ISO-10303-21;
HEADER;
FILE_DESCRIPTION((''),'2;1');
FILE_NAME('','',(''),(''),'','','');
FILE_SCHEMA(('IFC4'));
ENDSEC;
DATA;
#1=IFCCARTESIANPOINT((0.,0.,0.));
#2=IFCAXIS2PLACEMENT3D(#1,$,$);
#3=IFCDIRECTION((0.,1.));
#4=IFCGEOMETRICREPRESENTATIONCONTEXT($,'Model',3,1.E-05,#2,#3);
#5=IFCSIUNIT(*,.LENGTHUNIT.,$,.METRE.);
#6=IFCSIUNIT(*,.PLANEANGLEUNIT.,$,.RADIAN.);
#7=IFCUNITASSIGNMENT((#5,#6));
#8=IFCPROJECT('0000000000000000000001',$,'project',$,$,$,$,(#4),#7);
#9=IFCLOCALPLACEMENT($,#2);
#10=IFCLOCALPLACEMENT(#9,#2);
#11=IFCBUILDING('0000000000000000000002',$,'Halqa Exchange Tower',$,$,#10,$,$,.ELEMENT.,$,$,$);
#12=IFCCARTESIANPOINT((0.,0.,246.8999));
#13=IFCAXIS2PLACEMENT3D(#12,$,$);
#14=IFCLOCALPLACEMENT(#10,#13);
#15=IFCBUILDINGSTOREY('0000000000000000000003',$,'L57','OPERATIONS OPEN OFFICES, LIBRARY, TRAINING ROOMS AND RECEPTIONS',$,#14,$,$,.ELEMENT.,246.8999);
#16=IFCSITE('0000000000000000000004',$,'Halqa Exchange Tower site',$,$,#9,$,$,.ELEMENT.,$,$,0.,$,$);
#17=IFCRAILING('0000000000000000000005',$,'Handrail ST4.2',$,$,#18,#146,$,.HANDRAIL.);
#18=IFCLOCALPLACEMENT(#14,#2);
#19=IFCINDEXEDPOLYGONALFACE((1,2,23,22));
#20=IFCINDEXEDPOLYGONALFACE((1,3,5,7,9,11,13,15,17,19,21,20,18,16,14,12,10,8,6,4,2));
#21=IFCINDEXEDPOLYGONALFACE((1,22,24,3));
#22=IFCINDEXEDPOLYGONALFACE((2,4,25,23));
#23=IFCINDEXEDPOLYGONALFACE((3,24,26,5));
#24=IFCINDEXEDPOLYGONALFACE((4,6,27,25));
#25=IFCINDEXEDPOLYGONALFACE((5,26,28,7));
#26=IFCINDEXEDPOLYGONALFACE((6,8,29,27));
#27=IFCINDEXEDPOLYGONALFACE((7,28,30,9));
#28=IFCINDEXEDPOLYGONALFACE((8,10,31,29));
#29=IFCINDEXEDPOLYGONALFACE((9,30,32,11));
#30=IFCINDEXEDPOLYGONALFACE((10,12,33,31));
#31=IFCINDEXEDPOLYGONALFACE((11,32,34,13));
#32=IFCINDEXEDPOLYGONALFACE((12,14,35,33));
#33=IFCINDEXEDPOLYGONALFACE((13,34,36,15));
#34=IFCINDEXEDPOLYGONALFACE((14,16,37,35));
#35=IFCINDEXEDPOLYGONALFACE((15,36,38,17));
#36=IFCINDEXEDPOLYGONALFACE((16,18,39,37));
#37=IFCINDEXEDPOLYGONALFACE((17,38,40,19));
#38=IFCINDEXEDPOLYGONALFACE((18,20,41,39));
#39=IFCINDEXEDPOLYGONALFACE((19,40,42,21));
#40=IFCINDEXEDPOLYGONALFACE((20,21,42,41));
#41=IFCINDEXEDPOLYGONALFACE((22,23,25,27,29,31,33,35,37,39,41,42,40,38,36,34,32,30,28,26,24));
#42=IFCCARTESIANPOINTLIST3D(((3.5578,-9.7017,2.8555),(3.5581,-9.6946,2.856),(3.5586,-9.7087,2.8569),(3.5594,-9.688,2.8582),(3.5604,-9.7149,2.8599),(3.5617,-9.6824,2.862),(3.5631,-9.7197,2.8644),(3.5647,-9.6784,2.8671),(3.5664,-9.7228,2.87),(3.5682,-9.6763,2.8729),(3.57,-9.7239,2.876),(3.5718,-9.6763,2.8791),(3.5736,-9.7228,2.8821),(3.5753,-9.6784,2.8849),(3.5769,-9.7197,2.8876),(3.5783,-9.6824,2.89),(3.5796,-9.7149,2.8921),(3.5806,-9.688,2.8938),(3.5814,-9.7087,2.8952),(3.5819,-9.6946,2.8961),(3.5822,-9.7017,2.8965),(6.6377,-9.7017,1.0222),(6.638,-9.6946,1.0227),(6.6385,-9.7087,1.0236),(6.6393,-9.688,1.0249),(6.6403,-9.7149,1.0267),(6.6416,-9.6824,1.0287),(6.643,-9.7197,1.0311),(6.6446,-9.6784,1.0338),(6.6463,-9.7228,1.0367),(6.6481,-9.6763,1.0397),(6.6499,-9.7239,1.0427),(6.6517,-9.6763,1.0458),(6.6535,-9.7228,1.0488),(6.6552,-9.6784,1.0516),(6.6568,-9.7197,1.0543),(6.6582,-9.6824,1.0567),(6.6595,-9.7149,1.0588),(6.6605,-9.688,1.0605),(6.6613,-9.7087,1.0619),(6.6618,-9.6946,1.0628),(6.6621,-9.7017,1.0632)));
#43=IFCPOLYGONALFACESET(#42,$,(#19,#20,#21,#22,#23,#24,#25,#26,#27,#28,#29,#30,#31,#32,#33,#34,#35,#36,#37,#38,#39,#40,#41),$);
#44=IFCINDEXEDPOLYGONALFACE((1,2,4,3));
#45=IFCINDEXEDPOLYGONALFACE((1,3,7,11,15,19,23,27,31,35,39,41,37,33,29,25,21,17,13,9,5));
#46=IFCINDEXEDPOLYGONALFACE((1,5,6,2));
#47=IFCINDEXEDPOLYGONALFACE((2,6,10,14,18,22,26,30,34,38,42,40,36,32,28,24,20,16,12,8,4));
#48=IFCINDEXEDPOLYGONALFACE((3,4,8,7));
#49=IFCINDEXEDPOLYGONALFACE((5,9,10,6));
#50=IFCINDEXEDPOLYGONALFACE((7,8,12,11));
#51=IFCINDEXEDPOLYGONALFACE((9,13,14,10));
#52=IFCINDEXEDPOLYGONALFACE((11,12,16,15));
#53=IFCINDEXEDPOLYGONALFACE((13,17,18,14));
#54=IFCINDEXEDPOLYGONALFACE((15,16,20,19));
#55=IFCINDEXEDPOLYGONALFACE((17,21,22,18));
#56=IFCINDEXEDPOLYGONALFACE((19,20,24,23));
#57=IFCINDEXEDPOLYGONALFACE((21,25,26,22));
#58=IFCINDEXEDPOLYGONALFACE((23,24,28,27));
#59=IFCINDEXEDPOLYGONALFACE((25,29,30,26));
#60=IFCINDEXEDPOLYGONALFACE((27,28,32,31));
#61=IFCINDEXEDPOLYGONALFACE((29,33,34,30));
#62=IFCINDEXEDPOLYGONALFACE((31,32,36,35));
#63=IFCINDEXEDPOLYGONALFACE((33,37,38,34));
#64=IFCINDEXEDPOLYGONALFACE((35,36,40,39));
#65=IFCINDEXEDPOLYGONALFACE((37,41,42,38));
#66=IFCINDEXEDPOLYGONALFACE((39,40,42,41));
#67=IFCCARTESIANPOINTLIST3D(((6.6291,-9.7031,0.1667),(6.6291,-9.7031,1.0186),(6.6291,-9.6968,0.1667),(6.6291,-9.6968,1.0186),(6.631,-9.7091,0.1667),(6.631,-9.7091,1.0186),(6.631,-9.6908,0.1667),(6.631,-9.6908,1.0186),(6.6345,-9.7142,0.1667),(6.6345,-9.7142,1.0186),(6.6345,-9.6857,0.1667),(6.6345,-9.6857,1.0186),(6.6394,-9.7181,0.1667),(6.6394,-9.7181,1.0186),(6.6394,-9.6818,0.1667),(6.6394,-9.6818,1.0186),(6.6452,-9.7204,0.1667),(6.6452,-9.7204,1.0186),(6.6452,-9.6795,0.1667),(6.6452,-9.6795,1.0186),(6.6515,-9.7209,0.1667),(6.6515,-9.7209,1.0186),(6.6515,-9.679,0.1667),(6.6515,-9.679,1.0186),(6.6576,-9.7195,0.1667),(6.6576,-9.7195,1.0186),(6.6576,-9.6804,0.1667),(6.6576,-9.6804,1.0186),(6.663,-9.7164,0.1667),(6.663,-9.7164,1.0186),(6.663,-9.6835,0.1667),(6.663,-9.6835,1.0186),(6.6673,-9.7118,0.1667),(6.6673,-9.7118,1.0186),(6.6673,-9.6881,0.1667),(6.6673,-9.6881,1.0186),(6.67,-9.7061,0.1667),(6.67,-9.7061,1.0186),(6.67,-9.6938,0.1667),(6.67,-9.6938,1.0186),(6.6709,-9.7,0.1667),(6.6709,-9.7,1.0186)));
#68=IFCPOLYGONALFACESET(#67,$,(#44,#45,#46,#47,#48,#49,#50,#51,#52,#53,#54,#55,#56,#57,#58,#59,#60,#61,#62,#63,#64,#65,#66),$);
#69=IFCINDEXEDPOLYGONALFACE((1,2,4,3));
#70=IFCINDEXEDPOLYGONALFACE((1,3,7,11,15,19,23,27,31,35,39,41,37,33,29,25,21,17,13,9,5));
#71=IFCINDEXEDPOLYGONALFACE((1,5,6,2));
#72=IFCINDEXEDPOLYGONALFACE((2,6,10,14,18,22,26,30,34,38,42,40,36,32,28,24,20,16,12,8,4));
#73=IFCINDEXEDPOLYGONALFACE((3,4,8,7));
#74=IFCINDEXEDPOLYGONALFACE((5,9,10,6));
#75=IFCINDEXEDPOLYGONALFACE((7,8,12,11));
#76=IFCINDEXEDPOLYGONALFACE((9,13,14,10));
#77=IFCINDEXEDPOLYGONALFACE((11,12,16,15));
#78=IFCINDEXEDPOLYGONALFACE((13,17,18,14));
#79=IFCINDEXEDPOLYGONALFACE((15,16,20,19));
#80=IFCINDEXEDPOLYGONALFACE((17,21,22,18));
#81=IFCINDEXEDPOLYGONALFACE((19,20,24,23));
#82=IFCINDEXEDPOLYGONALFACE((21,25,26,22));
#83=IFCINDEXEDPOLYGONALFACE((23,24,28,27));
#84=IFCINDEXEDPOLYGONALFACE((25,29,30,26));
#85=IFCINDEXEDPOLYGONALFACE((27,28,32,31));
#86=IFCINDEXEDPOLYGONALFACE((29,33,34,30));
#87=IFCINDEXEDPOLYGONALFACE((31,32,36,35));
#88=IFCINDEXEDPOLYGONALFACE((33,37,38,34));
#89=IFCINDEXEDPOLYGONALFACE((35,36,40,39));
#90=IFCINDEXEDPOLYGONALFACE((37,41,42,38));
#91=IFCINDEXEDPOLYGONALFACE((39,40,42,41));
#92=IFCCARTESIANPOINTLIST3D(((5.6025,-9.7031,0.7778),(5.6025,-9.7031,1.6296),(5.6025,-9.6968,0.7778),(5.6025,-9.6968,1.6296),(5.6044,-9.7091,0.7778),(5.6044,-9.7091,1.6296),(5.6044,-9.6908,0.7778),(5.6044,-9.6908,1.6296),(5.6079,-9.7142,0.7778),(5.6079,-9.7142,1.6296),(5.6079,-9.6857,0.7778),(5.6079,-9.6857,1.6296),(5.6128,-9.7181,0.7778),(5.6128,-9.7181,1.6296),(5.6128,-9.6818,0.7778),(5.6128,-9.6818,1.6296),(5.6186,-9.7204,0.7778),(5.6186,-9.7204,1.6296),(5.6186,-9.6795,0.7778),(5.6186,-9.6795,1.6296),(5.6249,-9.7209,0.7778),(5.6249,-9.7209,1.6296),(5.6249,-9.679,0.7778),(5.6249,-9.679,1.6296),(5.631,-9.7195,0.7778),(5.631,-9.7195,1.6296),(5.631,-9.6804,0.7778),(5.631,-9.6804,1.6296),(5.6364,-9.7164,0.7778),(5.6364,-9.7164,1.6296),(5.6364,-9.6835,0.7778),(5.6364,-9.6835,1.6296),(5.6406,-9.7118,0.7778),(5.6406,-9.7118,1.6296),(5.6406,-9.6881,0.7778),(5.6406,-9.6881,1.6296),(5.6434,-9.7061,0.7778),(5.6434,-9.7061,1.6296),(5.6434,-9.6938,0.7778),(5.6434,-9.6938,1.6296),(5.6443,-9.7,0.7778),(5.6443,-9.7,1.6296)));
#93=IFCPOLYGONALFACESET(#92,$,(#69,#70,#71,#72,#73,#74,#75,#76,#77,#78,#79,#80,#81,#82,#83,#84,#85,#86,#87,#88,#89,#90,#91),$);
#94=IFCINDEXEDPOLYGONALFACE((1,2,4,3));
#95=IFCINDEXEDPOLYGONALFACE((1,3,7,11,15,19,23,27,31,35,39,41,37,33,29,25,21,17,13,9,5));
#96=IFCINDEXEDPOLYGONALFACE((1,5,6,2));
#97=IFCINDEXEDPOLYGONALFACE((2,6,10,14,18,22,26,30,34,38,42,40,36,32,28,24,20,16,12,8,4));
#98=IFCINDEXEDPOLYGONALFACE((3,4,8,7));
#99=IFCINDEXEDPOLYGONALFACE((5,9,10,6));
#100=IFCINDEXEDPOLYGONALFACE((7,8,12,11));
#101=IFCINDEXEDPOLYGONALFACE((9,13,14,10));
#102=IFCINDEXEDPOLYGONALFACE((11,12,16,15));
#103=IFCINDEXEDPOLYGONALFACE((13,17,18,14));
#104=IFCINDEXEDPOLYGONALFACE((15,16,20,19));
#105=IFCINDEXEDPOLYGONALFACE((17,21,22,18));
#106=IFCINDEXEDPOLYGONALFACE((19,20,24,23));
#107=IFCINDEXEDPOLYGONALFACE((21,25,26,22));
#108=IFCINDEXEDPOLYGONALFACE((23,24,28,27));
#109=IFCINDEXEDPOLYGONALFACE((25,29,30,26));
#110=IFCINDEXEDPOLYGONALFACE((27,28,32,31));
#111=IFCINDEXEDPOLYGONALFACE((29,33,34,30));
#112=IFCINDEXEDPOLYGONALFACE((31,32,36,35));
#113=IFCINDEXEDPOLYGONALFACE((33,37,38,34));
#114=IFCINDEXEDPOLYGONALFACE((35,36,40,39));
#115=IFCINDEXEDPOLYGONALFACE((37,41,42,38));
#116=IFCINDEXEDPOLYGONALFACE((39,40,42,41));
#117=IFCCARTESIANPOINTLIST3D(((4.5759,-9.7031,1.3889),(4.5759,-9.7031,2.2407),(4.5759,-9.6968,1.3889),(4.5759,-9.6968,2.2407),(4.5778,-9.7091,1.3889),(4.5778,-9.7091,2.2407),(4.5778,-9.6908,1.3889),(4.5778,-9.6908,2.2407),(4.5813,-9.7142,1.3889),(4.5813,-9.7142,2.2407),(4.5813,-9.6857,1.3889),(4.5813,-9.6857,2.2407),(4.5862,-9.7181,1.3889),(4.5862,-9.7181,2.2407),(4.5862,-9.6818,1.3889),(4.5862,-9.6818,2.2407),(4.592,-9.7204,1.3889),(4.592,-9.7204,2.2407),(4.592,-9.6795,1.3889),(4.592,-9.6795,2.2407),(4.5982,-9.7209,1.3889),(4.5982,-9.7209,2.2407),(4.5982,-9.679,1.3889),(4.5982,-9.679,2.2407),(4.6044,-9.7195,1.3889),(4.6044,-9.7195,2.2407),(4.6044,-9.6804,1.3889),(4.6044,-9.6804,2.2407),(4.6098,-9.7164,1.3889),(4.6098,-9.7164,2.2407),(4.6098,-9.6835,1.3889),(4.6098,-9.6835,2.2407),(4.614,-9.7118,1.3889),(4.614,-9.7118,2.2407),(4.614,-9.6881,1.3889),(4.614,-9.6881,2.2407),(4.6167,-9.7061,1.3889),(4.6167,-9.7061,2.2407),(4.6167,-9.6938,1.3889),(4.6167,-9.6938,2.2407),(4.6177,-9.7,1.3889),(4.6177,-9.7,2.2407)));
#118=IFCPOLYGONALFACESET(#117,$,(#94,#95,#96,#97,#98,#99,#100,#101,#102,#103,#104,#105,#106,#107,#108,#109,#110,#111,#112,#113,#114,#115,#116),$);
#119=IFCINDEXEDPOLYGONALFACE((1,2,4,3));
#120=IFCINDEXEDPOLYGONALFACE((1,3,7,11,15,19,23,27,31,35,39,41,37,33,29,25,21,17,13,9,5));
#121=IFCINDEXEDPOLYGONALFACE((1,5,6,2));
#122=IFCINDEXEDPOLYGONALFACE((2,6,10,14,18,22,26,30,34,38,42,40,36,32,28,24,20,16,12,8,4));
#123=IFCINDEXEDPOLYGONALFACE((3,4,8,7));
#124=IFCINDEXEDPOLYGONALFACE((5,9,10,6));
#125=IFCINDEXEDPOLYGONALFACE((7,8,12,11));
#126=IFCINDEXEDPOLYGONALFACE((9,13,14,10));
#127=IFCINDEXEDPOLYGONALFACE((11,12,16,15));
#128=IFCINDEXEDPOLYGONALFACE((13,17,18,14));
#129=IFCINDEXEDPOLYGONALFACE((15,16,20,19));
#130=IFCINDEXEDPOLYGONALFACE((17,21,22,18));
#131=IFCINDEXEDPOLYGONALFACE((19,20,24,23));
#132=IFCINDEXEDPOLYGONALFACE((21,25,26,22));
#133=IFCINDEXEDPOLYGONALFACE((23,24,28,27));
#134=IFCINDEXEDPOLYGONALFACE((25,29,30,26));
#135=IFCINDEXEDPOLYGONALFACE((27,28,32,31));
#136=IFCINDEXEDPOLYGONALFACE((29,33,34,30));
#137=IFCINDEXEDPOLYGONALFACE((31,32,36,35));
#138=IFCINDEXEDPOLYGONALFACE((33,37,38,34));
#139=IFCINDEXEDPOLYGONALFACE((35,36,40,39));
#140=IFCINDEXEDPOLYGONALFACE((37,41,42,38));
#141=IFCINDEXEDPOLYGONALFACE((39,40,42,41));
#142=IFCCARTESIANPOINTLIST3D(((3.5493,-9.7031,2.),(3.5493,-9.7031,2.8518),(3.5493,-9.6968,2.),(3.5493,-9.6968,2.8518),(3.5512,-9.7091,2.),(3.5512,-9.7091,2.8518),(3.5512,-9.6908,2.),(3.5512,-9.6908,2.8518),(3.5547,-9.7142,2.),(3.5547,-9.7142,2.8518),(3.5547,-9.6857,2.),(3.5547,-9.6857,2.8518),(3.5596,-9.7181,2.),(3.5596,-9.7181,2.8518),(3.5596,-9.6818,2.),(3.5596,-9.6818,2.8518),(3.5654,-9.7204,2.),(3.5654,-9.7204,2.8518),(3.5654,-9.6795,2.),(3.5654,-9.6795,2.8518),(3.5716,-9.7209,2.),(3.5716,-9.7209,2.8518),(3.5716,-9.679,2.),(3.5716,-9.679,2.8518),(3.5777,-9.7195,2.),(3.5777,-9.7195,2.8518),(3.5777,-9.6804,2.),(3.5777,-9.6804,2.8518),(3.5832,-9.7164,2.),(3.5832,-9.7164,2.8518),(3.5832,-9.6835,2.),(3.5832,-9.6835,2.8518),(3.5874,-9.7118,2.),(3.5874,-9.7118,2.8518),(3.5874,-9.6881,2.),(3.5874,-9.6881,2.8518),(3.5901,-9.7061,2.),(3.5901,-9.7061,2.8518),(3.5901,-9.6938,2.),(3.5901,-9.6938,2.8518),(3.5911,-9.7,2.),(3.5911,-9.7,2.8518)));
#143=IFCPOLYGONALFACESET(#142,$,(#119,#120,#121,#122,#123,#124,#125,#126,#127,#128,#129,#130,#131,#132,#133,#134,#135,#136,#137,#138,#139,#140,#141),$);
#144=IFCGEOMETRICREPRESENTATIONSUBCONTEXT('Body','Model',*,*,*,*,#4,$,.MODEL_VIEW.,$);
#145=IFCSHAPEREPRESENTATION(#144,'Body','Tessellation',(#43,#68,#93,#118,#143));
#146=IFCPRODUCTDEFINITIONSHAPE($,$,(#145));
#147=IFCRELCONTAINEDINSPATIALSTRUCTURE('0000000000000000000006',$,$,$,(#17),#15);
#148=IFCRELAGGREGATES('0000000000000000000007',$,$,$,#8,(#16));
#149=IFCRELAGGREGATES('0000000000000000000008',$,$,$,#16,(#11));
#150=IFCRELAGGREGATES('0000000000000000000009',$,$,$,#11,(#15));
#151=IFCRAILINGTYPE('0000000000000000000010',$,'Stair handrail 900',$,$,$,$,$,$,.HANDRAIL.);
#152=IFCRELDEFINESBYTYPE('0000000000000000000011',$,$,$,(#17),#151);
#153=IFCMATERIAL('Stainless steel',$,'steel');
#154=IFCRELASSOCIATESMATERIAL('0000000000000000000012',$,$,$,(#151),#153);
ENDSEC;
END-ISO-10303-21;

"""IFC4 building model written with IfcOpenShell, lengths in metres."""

from ifc_helpers import new_model, si_unit, direction, frame, origin, origin_2d, place, context, subcontext, project, spatial, circle, extrude, material, type_object, element, save


model = new_model("IFC4")

# Units and contexts
model_context = context("Model", 3, precision=1e-05, world=origin(), true_north=direction((0.0, 1.0)))
body_context = subcontext(model_context, "Body", "Model", "MODEL_VIEW")
ifc_project = project(units=[si_unit("LENGTHUNIT", "METRE"), si_unit("PLANEANGLEUNIT", "RADIAN")], contexts=[model_context])

# Site, building, storey
site_placement = place(None, origin())
site = spatial("IfcSite", under=ifc_project, at=site_placement, Name="Halqa Exchange Tower site", CompositionType="ELEMENT", RefElevation=0.0)
building_placement = place(site_placement, origin())
building = spatial("IfcBuilding", under=site, at=building_placement, Name="Halqa Exchange Tower", CompositionType="ELEMENT")
storey_placement = place(building_placement, frame((0.0, 0.0, 246.8999)))
storey = spatial("IfcBuildingStorey", under=building, at=storey_placement, Name="L57", Description="OPERATIONS OPEN OFFICES, LIBRARY, TRAINING ROOMS AND RECEPTIONS", CompositionType="ELEMENT", Elevation=246.8999)

# Railing
ifc_material_1 = material(Name="Stainless steel", Category="steel")
railing_type_1 = type_object("IfcRailingType", Name="Stair handrail 900", PredefinedType="HANDRAIL", material=ifc_material_1)
railing_1_placement = place(storey_placement, frame((6.6499, -9.7, 0.1667)))
element("IfcRailing", 1, at=railing_1_placement, inside=storey, type_object=railing_type_1, Name="Handrail ST4.2", PredefinedType="HANDRAIL", context=body_context, shape_type="SweptSolid", body=[
    extrude(circle(Radius=0.0239, at=origin_2d()), frame((0.0, 0.0, 0.876), z_axis=(-0.859291, 0.0, 0.511487), x_axis=(0.0, -1.0, 0.0)), (0.0, 0.0, 1.0), 3.5842),
    extrude(circle(Radius=0.021, at=origin_2d()), origin(), (0.0, 0.0, 1.0), 0.8518),
    extrude(circle(Radius=0.021, at=origin_2d()), frame((-1.0266, 0.0, 0.6111)), (0.0, 0.0, 1.0), 0.8518),
    extrude(circle(Radius=0.021, at=origin_2d()), frame((-2.0532, 0.0, 1.2222)), (0.0, 0.0, 1.0), 0.8518),
    extrude(circle(Radius=0.021, at=origin_2d()), frame((-3.0798, 0.0, 1.8333)), (0.0, 0.0, 1.0), 0.8518),
])

save(model, "model.ifc")
